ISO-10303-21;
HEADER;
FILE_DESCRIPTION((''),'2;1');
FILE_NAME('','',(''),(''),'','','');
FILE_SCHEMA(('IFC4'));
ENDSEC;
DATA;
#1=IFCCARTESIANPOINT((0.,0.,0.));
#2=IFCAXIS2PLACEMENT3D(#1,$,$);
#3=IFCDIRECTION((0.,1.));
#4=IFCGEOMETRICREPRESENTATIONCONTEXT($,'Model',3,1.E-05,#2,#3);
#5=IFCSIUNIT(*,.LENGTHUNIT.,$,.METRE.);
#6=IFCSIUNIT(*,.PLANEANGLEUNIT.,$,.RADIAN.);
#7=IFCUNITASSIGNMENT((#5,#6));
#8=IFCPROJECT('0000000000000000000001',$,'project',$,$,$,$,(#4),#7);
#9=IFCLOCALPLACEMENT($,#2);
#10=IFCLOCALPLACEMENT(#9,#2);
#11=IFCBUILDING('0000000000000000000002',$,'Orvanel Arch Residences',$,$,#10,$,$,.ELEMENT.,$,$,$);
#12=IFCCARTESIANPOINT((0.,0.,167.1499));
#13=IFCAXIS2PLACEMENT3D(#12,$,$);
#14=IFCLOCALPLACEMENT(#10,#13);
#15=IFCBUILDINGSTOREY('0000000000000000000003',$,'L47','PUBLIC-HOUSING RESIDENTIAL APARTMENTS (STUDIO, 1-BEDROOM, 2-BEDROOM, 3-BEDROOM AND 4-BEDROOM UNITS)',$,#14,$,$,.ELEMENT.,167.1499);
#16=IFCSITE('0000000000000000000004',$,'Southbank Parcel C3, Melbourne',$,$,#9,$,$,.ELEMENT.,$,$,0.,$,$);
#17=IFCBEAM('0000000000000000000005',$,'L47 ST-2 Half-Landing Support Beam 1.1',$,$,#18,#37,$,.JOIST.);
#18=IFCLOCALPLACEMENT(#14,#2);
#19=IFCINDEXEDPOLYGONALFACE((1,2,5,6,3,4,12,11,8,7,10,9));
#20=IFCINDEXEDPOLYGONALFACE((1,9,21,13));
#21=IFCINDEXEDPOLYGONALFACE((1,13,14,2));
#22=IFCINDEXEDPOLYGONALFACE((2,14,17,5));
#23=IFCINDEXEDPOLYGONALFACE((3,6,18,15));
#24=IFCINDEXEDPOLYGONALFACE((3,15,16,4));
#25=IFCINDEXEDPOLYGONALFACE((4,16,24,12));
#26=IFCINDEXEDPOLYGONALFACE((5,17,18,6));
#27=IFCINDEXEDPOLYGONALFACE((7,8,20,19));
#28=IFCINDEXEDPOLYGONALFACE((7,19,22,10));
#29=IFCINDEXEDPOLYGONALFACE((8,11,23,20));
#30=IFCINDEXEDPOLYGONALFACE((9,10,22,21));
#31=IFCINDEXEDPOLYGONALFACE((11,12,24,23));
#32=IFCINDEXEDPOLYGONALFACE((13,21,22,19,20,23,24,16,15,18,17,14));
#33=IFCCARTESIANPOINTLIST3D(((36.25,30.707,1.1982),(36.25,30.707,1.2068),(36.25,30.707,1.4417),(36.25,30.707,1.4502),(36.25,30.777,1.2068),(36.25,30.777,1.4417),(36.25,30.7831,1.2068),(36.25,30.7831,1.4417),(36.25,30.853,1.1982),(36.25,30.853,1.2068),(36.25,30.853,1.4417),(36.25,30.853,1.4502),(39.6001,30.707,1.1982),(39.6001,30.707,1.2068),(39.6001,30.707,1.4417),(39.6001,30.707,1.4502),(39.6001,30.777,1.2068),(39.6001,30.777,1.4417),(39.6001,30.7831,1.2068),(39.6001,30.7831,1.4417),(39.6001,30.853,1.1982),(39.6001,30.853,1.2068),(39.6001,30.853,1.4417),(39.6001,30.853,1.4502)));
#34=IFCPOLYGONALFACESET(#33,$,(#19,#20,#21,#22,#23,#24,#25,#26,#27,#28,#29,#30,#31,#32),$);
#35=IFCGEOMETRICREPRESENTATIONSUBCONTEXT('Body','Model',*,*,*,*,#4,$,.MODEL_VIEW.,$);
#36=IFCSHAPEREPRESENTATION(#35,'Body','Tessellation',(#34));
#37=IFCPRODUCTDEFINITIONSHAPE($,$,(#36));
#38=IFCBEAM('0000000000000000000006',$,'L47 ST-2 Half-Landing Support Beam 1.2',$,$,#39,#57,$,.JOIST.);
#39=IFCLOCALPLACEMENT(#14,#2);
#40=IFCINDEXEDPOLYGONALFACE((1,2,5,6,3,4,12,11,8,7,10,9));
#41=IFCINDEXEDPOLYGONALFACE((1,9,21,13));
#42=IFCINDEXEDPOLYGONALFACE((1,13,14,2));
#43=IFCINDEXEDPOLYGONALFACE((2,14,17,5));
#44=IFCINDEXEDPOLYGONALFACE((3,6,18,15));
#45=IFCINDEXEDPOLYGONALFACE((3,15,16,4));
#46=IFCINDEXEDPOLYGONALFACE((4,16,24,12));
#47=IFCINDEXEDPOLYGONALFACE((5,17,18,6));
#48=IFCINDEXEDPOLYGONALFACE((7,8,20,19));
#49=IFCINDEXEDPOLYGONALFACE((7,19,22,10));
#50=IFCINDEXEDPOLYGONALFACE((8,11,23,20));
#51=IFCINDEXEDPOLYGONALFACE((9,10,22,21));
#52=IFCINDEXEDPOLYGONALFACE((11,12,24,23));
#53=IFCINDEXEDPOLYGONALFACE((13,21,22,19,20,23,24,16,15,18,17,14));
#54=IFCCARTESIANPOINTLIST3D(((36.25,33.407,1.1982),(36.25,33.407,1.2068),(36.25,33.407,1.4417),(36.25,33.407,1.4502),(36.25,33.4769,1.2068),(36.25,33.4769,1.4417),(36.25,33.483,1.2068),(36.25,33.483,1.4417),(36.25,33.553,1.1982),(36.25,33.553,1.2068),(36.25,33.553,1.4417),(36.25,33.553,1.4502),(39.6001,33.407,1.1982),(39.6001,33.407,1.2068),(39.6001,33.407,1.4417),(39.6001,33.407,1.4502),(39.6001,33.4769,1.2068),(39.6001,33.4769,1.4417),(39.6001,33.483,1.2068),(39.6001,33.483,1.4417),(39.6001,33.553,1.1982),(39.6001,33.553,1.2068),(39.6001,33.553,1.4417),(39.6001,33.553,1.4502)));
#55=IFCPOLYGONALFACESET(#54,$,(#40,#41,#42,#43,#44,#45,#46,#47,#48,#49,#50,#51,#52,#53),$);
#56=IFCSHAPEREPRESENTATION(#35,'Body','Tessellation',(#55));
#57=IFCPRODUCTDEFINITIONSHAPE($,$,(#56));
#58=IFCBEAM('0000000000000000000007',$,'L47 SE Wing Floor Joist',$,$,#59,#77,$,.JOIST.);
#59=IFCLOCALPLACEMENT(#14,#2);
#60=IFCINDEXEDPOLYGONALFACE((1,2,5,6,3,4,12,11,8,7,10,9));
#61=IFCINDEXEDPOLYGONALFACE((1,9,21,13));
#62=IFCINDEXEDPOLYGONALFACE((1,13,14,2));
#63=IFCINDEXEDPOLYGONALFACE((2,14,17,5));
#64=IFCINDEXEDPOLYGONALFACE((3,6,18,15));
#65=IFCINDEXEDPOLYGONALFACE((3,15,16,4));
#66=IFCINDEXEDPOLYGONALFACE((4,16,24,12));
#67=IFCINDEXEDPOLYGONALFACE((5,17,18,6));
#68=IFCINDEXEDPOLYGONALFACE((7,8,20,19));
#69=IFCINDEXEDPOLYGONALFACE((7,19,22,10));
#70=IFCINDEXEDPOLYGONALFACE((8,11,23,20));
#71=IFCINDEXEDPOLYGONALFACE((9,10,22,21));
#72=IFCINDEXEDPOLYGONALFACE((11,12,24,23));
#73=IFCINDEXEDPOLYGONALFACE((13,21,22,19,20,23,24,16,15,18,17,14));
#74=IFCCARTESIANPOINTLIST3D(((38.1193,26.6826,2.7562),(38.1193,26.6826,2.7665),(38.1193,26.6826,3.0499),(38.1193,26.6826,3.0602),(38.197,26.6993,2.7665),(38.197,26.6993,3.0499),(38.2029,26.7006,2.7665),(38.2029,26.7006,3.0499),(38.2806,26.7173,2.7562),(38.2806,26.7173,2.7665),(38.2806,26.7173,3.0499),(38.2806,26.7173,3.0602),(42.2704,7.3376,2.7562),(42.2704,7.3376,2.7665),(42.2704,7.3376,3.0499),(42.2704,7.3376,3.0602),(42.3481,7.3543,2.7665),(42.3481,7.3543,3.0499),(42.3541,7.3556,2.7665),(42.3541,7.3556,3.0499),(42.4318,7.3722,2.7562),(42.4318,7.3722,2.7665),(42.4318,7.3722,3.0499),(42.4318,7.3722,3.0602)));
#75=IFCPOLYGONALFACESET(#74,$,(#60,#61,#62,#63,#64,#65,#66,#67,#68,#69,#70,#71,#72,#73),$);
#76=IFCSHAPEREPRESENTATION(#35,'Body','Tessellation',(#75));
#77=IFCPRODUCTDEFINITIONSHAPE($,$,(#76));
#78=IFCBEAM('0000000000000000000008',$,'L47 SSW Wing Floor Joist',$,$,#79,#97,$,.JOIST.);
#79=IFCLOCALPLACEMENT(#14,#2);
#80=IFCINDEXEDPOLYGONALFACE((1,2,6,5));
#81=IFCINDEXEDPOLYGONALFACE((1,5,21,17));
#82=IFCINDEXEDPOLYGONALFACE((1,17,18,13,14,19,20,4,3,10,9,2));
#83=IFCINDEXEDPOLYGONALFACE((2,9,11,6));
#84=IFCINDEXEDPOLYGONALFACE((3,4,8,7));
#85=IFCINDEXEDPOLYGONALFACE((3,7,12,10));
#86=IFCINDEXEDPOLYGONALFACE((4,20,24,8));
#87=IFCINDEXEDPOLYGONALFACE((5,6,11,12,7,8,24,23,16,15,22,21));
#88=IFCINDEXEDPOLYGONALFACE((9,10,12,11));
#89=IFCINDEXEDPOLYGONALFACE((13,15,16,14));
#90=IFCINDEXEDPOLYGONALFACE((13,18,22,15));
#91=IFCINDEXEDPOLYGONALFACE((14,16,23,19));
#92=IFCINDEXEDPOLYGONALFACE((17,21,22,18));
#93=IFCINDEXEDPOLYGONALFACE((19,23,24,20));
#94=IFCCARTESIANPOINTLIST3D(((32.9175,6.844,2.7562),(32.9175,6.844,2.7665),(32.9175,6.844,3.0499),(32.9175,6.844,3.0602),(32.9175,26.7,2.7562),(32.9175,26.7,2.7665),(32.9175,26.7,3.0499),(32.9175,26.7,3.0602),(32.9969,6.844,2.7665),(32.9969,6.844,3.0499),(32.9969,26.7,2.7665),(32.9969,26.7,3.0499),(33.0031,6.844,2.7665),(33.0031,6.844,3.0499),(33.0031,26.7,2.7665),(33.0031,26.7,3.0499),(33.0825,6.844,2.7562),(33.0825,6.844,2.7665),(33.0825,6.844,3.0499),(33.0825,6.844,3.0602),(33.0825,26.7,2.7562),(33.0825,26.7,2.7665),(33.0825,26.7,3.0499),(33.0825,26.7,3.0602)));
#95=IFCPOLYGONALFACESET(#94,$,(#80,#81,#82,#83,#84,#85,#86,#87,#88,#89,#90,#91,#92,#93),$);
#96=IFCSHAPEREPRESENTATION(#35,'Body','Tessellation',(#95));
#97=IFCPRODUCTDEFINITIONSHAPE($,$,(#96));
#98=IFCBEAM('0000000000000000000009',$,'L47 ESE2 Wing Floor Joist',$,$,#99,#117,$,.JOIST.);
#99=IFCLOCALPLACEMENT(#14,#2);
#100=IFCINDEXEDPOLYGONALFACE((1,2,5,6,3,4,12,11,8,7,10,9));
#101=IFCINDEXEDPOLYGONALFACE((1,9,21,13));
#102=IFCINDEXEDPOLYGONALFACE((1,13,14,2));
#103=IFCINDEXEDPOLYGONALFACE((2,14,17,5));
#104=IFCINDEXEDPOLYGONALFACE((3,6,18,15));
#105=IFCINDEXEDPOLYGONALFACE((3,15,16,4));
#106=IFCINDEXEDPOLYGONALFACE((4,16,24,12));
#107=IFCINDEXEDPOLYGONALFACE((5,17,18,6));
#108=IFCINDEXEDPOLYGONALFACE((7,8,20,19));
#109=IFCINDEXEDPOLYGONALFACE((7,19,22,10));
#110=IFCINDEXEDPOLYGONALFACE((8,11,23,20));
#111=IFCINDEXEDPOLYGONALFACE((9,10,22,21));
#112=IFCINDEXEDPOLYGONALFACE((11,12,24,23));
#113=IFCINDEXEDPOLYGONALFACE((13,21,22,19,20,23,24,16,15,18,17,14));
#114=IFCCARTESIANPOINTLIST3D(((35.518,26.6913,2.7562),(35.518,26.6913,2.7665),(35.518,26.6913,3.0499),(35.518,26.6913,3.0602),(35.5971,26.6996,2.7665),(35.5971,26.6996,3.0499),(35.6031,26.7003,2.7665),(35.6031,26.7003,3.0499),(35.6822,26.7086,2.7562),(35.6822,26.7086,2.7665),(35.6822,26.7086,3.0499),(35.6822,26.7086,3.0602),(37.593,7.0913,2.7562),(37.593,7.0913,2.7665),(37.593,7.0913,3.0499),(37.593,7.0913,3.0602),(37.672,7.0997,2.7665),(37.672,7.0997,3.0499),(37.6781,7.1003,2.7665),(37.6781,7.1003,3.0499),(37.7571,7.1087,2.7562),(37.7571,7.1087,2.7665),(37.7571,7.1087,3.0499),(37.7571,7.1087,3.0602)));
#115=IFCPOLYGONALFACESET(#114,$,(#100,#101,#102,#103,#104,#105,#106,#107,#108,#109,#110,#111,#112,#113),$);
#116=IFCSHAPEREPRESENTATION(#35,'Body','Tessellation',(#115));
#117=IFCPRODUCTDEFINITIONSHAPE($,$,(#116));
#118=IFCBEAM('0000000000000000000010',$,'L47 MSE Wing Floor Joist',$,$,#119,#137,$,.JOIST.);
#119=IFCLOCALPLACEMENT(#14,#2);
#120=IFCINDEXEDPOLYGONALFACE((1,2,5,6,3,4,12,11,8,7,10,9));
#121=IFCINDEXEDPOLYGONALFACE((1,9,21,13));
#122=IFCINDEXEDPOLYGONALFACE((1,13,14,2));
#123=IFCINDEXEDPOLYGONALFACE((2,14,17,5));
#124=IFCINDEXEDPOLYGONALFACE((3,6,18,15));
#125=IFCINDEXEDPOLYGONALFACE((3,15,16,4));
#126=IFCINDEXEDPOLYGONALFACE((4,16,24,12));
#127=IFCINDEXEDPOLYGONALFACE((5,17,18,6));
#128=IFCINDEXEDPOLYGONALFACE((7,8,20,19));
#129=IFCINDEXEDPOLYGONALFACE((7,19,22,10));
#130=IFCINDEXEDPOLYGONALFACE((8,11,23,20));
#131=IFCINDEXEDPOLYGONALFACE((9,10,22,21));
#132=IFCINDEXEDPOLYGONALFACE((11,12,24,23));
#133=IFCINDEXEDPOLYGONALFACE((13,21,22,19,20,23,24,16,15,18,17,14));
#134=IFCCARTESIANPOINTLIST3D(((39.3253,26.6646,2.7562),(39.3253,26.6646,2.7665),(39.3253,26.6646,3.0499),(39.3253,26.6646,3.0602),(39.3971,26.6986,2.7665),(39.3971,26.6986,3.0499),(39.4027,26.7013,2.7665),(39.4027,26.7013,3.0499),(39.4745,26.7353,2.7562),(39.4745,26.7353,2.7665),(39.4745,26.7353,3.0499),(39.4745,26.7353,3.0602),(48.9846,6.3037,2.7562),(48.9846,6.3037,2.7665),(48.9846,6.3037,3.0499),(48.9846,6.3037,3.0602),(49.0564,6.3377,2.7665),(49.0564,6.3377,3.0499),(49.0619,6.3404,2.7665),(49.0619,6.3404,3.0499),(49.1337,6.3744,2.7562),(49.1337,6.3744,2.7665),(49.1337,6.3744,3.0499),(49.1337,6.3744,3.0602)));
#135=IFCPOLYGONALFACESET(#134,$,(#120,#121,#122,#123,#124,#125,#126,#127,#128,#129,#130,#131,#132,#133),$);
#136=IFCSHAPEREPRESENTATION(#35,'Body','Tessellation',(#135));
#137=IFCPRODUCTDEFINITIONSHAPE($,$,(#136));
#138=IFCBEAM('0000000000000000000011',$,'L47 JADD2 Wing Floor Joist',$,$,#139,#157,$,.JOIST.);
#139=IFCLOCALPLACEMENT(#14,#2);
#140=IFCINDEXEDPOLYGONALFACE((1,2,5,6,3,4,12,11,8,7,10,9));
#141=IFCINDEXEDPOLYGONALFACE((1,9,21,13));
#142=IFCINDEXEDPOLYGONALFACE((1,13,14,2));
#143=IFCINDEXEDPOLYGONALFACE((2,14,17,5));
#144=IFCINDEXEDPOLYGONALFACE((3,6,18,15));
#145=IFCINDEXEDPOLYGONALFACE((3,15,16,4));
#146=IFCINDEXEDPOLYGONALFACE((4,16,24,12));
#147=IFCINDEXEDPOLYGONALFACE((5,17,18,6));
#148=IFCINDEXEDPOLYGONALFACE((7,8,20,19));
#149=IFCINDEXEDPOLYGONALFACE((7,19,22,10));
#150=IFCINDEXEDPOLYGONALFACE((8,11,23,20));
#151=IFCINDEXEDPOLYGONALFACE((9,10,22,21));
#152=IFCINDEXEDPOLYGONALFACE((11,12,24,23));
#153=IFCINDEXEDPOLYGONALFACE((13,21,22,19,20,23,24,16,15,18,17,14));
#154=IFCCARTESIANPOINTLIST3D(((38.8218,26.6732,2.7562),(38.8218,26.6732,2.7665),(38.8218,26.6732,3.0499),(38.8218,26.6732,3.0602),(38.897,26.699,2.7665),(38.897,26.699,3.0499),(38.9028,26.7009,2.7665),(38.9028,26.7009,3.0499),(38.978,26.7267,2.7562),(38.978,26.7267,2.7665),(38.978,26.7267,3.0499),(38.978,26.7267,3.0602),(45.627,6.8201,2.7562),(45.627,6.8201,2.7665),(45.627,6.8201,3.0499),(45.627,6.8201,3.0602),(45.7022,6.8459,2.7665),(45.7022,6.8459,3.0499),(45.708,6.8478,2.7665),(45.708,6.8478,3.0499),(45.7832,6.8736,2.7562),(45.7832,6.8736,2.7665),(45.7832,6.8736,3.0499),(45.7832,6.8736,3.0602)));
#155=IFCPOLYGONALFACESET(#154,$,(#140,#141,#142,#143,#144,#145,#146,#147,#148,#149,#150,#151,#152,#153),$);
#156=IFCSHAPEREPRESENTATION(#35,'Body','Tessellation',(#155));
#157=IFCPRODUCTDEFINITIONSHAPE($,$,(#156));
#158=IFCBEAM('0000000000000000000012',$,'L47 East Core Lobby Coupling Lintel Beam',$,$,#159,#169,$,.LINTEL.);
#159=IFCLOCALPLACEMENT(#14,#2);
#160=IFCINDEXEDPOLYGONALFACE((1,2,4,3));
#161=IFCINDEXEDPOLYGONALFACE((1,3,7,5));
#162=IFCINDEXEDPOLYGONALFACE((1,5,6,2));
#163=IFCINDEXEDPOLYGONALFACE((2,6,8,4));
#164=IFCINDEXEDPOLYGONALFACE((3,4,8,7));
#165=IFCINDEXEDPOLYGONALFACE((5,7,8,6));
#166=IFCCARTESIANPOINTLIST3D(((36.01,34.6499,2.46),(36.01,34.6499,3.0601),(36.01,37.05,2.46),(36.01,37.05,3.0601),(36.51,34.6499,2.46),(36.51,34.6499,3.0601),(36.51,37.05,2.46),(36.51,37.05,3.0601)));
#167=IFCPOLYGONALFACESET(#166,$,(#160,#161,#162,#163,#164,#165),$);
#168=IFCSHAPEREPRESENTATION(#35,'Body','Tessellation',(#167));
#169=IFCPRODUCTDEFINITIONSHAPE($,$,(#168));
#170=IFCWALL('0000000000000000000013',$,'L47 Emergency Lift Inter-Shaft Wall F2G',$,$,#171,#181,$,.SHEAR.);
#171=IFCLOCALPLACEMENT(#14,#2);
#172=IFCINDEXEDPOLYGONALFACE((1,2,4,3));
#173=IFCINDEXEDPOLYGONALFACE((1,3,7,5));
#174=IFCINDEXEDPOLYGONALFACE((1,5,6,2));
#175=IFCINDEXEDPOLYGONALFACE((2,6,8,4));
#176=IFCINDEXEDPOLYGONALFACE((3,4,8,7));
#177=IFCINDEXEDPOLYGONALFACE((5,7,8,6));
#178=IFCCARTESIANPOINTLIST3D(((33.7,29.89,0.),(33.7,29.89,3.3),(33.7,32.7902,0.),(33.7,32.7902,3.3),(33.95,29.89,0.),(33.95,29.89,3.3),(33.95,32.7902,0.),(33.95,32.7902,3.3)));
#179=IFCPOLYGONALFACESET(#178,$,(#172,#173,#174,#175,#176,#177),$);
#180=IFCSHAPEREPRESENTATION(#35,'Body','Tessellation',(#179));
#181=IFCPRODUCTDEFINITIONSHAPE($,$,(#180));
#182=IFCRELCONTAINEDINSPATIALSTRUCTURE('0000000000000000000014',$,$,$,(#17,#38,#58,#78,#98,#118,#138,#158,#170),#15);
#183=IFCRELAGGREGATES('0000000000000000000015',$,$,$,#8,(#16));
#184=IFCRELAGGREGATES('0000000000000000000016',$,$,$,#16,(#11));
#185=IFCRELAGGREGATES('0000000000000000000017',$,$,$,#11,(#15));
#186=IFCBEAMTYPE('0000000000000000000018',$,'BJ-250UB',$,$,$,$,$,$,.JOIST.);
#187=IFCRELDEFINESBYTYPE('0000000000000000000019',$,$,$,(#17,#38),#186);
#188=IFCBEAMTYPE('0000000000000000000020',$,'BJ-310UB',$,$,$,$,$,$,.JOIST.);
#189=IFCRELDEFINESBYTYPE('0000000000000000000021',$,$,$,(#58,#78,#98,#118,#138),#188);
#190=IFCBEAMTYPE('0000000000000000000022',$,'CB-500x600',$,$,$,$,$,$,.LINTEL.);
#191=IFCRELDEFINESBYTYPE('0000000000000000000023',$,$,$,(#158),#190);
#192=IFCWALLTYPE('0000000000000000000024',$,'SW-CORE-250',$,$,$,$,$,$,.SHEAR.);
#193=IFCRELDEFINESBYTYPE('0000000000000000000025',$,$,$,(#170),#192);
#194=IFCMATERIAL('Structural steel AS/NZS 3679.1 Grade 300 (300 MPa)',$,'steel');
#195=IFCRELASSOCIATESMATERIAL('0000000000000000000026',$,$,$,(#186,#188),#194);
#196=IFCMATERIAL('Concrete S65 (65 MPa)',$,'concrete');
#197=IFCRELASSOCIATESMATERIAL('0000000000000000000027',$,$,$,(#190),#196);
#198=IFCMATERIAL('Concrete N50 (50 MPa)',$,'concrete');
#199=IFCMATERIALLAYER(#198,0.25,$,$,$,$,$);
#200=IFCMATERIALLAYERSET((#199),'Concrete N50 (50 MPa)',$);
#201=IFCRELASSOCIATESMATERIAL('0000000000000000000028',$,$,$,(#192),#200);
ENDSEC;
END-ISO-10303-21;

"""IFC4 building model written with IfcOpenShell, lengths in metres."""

from ifc_helpers import new_model, si_unit, direction, frame, frame_2d, origin, origin_2d, place, context, subcontext, project, spatial, rectangle, i_section, extrude, material, layer, layer_set, material_profile, profile_set, type_object, element, save


model = new_model("IFC4")

# Units and contexts
model_context = context("Model", 3, precision=1e-05, world=origin(), true_north=direction((0.0, 1.0)))
body_context = subcontext(model_context, "Body", "Model", "MODEL_VIEW")
ifc_project = project(units=[si_unit("LENGTHUNIT", "METRE"), si_unit("PLANEANGLEUNIT", "RADIAN")], contexts=[model_context])

# Site, building, storey
site_placement = place(None, origin())
site = spatial("IfcSite", under=ifc_project, at=site_placement, Name="Southbank Parcel C3, Melbourne", CompositionType="ELEMENT", RefElevation=0.0)
building_placement = place(site_placement, origin())
building = spatial("IfcBuilding", under=site, at=building_placement, Name="Orvanel Arch Residences", CompositionType="ELEMENT")
storey_placement = place(building_placement, frame((0.0, 0.0, 167.1499)))
storey = spatial("IfcBuildingStorey", under=building, at=storey_placement, Name="L47", Description="PUBLIC-HOUSING RESIDENTIAL APARTMENTS (STUDIO, 1-BEDROOM, 2-BEDROOM, 3-BEDROOM AND 4-BEDROOM UNITS)", CompositionType="ELEMENT", Elevation=167.1499)

# Beams
ifc_material_1 = material(Name="Structural steel AS/NZS 3679.1 Grade 300 (300 MPa)", Category="steel")
ifc_material_profile_1 = material_profile(ifc_material_1, i_section(OverallWidth=0.146, OverallDepth=0.252, WebThickness=0.0061, FlangeThickness=0.0085, at=origin_2d()), Name="250UB31.4")
ifc_profile_set_1 = profile_set([ifc_material_profile_1], Name="Structural steel AS/NZS 3679.1 Grade 300 (300 MPa)")
beam_type_1 = type_object("IfcBeamType", Name="BJ-250UB", PredefinedType="JOIST", material=ifc_profile_set_1)
for number, where, z_axis, x_axis, name in (
    (1, (36.25, 30.78, 1.3242), (1.0, 0.0, 0.0), (0.0, 1.0, 0.0), "L47 ST-2 Half-Landing Support Beam 1.1"),
    (2, (36.25, 33.48, 1.3242), (1.0, 0.0, 0.0), (0.0, 1.0, 0.0), "L47 ST-2 Half-Landing Support Beam 1.2"),
):
    element("IfcBeam", number, at=place(storey_placement, frame(where, z_axis=z_axis, x_axis=x_axis)), inside=storey, type_object=beam_type_1, Name=name, PredefinedType="JOIST", context=body_context, shape_type="SweptSolid", body=[
        extrude(i_section(OverallWidth=0.146, OverallDepth=0.252, WebThickness=0.0061, FlangeThickness=0.0085, at=origin_2d()), origin(), (0.0, 0.0, 1.0), 3.3501),
    ])
ifc_material_profile_2 = material_profile(ifc_material_1, i_section(OverallWidth=0.165, OverallDepth=0.304, WebThickness=0.0061, FlangeThickness=0.0103, at=origin_2d()), Name="310UB40.4")
ifc_profile_set_2 = profile_set([ifc_material_profile_2], Name="Structural steel AS/NZS 3679.1 Grade 300 (300 MPa)")
beam_type_2 = type_object("IfcBeamType", Name="BJ-310UB", PredefinedType="JOIST", material=ifc_profile_set_2)
beam_1_placement = place(storey_placement, frame((38.2, 26.7, 2.9082), z_axis=(0.209808, -0.977743, 0.0), x_axis=(0.977743, 0.209808, 0.0)))
element("IfcBeam", 3, at=beam_1_placement, inside=storey, type_object=beam_type_2, Name="L47 SE Wing Floor Joist", PredefinedType="JOIST", context=body_context, shape_type="SweptSolid", body=[
    extrude(i_section(OverallWidth=0.165, OverallDepth=0.304, WebThickness=0.0061, FlangeThickness=0.0103, at=origin_2d()), origin(), (0.0, 0.0, 1.0), 19.7854),
])
beam_2_placement = place(storey_placement, frame((33.0, 26.7, 2.9082), z_axis=(0.0, -1.0, 0.0), x_axis=(1.0, 0.0, 0.0)))
element("IfcBeam", 4, at=beam_2_placement, inside=storey, type_object=beam_type_2, Name="L47 SSW Wing Floor Joist", PredefinedType="JOIST", context=body_context, shape_type="SweptSolid", body=[
    extrude(i_section(OverallWidth=0.165, OverallDepth=0.304, WebThickness=0.0061, FlangeThickness=0.0103, at=origin_2d()), origin(), (0.0, 0.0, 1.0), 19.856),
])
beam_3_placement = place(storey_placement, frame((35.6001, 26.7, 2.9082), z_axis=(0.105277, -0.994443, 0.0), x_axis=(0.994443, 0.105277, 0.0)))
element("IfcBeam", 5, at=beam_3_placement, inside=storey, type_object=beam_type_2, Name="L47 ESE2 Wing Floor Joist", PredefinedType="JOIST", context=body_context, shape_type="SweptSolid", body=[
    extrude(i_section(OverallWidth=0.165, OverallDepth=0.304, WebThickness=0.0061, FlangeThickness=0.0103, at=origin_2d()), origin(), (0.0, 0.0, 1.0), 19.7095),
])
beam_4_placement = place(storey_placement, frame((39.3999, 26.7, 2.9082), z_axis=(0.428614, -0.903488, 0.0), x_axis=(0.903488, 0.428614, 0.0)))
element("IfcBeam", 6, at=beam_4_placement, inside=storey, type_object=beam_type_2, Name="L47 MSE Wing Floor Joist", PredefinedType="JOIST", context=body_context, shape_type="SweptSolid", body=[
    extrude(i_section(OverallWidth=0.165, OverallDepth=0.304, WebThickness=0.0061, FlangeThickness=0.0103, at=origin_2d()), origin(), (0.0, 0.0, 1.0), 22.5359),
])
beam_5_placement = place(storey_placement, frame((38.8999, 26.7, 2.9082), z_axis=(0.324257, -0.945969, 0.0), x_axis=(0.945969, 0.324257, 0.0)))
element("IfcBeam", 7, at=beam_5_placement, inside=storey, type_object=beam_type_2, Name="L47 JADD2 Wing Floor Joist", PredefinedType="JOIST", context=body_context, shape_type="SweptSolid", body=[
    extrude(i_section(OverallWidth=0.165, OverallDepth=0.304, WebThickness=0.0061, FlangeThickness=0.0103, at=origin_2d()), origin(), (0.0, 0.0, 1.0), 20.9871),
])
ifc_material_2 = material(Name="Concrete S65 (65 MPa)", Category="concrete")
ifc_material_profile_3 = material_profile(ifc_material_2, rectangle(XDim=0.5, YDim=0.6001, at=origin_2d()), Name="RC500x600")
ifc_profile_set_3 = profile_set([ifc_material_profile_3], Name="Concrete S65 (65 MPa)")
beam_type_3 = type_object("IfcBeamType", Name="CB-500x600", PredefinedType="LINTEL", material=ifc_profile_set_3)
beam_6_placement = place(storey_placement, frame((36.26, 34.6499, 2.76), z_axis=(0.0, 1.0, 0.0), x_axis=(-1.0, 0.0, 0.0)))
element("IfcBeam", 8, at=beam_6_placement, inside=storey, type_object=beam_type_3, Name="L47 East Core Lobby Coupling Lintel Beam", PredefinedType="LINTEL", context=body_context, shape_type="SweptSolid", body=[
    extrude(rectangle(XDim=0.5, YDim=0.6001, at=origin_2d()), origin(), (0.0, 0.0, 1.0), 2.4001),
])

# Wall
ifc_material_3 = material(Name="Concrete N50 (50 MPa)", Category="concrete")
ifc_layer_1 = layer(ifc_material_3, 0.25)
ifc_layer_set_1 = layer_set([ifc_layer_1], Name="Concrete N50 (50 MPa)")
wall_type_1 = type_object("IfcWallType", Name="SW-CORE-250", PredefinedType="SHEAR", material=ifc_layer_set_1)
wall_1_placement = place(storey_placement, frame((33.825, 29.8899, 0.0), z_axis=(0.0, 0.0, 1.0), x_axis=(0.0, 1.0, 0.0)))
element("IfcWall", 9, at=wall_1_placement, inside=storey, type_object=wall_type_1, Name="L47 Emergency Lift Inter-Shaft Wall F2G", PredefinedType="SHEAR", context=body_context, shape_type="SweptSolid", body=[
    extrude(rectangle(XDim=2.9001, YDim=0.25, at=frame_2d((1.4502, 0.0))), origin(), (0.0, 0.0, 1.0), 3.3),
])

save(model, "model.ifc")
